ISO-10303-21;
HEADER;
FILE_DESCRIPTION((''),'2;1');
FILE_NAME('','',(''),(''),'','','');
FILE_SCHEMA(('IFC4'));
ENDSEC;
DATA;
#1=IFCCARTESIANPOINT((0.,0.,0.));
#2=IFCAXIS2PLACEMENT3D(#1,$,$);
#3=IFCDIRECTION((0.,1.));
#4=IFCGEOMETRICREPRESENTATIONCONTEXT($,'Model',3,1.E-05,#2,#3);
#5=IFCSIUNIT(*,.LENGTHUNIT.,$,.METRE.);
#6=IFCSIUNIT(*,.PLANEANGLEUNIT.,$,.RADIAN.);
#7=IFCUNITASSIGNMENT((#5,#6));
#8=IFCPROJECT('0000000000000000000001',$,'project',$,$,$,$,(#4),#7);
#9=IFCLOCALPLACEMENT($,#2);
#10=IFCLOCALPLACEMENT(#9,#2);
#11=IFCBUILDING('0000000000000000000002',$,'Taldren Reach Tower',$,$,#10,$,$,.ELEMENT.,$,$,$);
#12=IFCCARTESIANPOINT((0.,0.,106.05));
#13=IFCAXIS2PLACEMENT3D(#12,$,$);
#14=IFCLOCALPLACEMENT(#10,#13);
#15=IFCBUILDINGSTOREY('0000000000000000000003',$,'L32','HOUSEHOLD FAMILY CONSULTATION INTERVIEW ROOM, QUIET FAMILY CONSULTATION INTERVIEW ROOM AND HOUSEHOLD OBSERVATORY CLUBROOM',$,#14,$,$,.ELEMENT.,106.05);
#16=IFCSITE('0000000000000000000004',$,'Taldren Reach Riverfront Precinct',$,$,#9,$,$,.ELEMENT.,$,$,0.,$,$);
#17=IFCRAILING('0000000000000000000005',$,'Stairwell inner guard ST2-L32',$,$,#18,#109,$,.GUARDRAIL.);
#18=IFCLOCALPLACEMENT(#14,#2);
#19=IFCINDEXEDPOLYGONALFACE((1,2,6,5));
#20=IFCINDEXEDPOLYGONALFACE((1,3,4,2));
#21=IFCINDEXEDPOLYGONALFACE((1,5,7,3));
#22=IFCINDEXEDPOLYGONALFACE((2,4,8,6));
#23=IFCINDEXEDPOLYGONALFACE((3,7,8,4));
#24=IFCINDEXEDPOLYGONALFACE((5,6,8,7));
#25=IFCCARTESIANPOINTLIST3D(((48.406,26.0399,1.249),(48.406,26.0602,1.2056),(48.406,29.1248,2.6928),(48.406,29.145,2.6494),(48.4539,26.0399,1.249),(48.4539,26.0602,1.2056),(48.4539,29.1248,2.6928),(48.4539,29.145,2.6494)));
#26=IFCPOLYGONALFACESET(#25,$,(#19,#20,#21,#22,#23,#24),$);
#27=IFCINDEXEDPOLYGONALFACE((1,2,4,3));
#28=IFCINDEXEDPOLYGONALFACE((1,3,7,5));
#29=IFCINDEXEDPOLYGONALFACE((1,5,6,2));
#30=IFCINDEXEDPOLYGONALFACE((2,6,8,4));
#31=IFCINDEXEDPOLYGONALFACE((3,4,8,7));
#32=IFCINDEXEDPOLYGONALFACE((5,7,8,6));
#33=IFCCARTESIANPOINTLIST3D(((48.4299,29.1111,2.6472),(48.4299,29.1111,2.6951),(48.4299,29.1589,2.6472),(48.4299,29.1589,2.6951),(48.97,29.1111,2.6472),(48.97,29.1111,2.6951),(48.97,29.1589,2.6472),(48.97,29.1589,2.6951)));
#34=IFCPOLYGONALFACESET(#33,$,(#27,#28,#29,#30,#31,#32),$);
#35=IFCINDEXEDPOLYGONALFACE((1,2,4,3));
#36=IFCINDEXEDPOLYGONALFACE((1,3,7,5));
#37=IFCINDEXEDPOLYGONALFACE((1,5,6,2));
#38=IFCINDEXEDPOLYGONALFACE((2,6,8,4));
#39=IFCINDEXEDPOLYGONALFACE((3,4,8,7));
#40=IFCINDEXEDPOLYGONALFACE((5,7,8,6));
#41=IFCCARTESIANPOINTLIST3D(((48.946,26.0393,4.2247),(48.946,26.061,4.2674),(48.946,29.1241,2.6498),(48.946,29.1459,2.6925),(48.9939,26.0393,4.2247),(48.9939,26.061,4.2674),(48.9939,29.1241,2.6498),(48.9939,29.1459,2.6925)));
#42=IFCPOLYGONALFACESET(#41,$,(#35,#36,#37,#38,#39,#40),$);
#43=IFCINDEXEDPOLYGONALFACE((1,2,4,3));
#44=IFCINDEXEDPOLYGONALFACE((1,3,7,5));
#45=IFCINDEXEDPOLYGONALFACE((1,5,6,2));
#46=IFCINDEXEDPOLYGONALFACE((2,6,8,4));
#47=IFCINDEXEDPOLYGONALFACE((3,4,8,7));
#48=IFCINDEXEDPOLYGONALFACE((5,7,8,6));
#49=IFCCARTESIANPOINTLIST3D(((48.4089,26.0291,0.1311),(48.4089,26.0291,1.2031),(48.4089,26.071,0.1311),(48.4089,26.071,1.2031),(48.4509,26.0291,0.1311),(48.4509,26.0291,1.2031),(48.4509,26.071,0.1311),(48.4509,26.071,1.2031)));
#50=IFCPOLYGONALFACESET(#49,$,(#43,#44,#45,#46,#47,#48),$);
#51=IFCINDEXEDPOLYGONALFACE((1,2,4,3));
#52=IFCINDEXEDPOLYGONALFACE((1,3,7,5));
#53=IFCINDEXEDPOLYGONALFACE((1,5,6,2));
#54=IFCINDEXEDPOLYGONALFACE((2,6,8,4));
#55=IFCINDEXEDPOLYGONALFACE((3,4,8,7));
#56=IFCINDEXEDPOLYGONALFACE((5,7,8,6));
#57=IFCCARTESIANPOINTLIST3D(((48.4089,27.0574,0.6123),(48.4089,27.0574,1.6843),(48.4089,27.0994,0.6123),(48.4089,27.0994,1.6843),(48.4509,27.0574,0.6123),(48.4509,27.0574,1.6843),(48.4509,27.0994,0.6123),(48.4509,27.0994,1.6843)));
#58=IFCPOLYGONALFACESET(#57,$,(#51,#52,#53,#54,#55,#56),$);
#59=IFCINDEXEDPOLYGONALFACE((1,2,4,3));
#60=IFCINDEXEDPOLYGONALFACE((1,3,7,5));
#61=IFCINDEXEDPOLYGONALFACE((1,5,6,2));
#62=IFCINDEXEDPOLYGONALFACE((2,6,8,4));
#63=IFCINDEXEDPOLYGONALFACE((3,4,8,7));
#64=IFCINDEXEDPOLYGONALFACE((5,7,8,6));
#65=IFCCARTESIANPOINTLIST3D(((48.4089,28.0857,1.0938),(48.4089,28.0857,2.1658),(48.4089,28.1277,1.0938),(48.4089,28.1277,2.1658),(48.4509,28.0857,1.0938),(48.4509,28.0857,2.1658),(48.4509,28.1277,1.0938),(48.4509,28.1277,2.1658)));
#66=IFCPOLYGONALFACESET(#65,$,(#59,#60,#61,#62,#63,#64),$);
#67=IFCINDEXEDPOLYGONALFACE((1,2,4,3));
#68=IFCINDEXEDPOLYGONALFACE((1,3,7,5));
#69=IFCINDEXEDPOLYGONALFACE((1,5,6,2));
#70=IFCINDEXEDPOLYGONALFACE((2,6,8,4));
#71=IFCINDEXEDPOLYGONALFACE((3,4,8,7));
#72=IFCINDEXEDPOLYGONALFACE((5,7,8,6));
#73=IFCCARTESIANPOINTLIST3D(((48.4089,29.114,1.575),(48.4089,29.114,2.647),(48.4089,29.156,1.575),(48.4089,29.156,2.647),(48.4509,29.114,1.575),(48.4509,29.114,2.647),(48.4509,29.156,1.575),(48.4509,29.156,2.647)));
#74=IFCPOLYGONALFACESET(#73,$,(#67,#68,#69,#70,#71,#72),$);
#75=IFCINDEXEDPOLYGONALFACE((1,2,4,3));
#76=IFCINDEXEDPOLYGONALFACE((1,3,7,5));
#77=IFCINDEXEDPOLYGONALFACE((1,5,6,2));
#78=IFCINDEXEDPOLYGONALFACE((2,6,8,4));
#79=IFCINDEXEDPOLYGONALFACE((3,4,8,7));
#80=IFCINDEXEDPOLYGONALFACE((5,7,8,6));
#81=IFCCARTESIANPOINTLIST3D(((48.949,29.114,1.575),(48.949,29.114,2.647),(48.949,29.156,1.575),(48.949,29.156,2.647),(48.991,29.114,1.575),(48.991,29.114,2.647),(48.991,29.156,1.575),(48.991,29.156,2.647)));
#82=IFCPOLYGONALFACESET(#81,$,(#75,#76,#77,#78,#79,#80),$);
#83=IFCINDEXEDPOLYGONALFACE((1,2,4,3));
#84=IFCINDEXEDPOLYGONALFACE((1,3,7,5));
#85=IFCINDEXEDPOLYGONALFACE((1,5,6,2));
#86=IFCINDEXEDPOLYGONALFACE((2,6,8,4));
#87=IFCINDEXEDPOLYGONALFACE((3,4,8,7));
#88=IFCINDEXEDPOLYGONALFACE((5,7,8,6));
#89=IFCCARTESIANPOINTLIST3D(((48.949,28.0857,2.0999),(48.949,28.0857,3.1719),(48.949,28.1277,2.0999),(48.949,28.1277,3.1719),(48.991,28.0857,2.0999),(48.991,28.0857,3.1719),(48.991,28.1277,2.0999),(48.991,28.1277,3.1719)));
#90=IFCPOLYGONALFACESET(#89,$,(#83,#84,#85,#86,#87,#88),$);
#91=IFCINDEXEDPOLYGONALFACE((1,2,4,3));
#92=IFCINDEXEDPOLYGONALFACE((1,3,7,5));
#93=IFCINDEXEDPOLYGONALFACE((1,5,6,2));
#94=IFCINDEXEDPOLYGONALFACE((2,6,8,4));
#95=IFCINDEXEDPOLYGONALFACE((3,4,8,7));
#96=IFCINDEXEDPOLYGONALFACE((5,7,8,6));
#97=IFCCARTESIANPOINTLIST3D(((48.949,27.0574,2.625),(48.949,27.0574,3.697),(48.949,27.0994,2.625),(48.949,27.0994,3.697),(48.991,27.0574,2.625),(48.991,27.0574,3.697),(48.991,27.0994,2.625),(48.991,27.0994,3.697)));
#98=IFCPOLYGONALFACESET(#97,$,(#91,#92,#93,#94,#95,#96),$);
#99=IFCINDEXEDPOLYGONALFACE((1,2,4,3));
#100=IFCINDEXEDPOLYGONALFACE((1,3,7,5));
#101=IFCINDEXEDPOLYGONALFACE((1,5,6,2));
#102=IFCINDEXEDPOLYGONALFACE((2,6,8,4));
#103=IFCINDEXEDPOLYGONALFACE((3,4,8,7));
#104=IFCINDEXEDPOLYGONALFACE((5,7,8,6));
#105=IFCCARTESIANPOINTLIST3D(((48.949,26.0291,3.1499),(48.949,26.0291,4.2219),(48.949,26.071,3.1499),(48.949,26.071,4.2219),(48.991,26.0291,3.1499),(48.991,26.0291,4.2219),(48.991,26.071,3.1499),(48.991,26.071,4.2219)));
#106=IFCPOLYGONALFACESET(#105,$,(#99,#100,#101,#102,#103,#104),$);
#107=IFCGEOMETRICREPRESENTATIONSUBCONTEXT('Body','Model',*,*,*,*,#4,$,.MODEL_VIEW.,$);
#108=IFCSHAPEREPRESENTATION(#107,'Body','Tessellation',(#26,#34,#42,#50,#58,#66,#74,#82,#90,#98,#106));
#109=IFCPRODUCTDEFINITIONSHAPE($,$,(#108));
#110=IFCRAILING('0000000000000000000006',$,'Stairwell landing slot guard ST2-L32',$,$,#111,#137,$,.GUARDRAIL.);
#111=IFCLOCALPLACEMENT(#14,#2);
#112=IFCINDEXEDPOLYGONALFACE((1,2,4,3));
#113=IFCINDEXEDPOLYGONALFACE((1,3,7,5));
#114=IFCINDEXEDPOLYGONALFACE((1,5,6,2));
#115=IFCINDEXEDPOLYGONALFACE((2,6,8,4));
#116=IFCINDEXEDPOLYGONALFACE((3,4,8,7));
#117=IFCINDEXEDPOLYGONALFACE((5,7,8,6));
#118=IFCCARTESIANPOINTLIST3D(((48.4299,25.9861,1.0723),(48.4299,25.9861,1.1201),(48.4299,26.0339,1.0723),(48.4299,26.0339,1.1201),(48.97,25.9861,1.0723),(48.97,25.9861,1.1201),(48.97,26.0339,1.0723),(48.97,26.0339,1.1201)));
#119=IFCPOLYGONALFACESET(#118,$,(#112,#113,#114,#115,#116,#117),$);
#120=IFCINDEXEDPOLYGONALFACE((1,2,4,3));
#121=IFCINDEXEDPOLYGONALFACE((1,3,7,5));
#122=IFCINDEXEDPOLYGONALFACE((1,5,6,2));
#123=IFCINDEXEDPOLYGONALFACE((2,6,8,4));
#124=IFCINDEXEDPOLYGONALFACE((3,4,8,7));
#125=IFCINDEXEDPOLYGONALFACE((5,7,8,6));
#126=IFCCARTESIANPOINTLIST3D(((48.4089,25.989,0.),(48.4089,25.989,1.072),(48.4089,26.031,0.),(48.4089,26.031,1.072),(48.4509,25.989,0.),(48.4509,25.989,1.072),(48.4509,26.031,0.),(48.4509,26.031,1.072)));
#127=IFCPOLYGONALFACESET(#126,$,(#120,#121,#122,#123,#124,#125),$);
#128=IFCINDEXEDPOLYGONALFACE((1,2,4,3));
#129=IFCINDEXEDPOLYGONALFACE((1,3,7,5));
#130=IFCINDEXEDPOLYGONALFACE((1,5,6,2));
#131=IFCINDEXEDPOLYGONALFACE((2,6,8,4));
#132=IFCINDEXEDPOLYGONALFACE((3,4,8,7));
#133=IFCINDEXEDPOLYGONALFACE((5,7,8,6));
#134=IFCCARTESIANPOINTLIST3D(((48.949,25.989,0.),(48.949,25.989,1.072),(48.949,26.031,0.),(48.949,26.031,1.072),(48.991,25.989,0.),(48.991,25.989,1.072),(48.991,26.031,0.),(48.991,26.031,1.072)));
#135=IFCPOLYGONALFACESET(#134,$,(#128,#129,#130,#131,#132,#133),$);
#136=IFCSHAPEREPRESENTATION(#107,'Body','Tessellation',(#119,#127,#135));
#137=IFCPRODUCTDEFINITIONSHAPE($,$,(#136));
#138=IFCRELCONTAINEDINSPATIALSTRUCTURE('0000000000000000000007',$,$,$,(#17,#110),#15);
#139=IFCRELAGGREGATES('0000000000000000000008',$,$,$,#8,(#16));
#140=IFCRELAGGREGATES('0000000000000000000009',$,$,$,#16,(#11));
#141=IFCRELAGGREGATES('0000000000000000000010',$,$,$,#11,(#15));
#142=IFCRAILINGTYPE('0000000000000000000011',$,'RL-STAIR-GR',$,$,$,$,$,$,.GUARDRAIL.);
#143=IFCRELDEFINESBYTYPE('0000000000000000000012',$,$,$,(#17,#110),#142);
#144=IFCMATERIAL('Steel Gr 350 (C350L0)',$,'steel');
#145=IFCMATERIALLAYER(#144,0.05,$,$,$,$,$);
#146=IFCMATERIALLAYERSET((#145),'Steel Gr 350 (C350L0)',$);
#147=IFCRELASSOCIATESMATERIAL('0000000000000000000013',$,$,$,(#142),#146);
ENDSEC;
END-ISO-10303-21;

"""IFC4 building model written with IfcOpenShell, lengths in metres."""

from ifc_helpers import new_model, si_unit, direction, frame, origin, origin_2d, place, context, subcontext, project, spatial, rectangle, extrude, material, layer, layer_set, type_object, element, save


model = new_model("IFC4")

# Units and contexts
model_context = context("Model", 3, precision=1e-05, world=origin(), true_north=direction((0.0, 1.0)))
body_context = subcontext(model_context, "Body", "Model", "MODEL_VIEW")
ifc_project = project(units=[si_unit("LENGTHUNIT", "METRE"), si_unit("PLANEANGLEUNIT", "RADIAN")], contexts=[model_context])

# Site, building, storey
site_placement = place(None, origin())
site = spatial("IfcSite", under=ifc_project, at=site_placement, Name="Taldren Reach Riverfront Precinct", CompositionType="ELEMENT", RefElevation=0.0)
building_placement = place(site_placement, origin())
building = spatial("IfcBuilding", under=site, at=building_placement, Name="Taldren Reach Tower", CompositionType="ELEMENT")
storey_placement = place(building_placement, frame((0.0, 0.0, 106.05)))
storey = spatial("IfcBuildingStorey", under=building, at=storey_placement, Name="L32", Description="HOUSEHOLD FAMILY CONSULTATION INTERVIEW ROOM, QUIET FAMILY CONSULTATION INTERVIEW ROOM AND HOUSEHOLD OBSERVATORY CLUBROOM", CompositionType="ELEMENT", Elevation=106.05)

# Shared definitions
ifc_material_1 = material(Name="Steel Gr 350 (C350L0)", Category="steel")

# Railings
ifc_layer_1 = layer(ifc_material_1, 0.05)
ifc_layer_set_1 = layer_set([ifc_layer_1], Name="Steel Gr 350 (C350L0)")
railing_type_1 = type_object("IfcRailingType", Name="RL-STAIR-GR", PredefinedType="GUARDRAIL", material=ifc_layer_set_1)
railing_1_placement = place(storey_placement, frame((48.4299, 26.05, 0.1311)))
element("IfcRailing", 1, at=railing_1_placement, inside=storey, type_object=railing_type_1, Name="Stairwell inner guard ST2-L32", PredefinedType="GUARDRAIL", context=body_context, shape_type="SweptSolid", body=[
    extrude(rectangle(XDim=0.0479, YDim=0.0479, at=origin_2d()), frame((0.0, 0.0, 1.0962), z_axis=(0.0, 0.90571, 0.423898), x_axis=(-1.0, 0.0, 0.0)), (0.0, 0.0, 1.0), 3.406),
    extrude(rectangle(XDim=0.0479, YDim=0.0479, at=origin_2d()), frame((0.0, 3.085, 2.54), z_axis=(1.0, 0.0, 0.0), x_axis=(0.0, 1.0, 0.0)), (0.0, 0.0, 1.0), 0.54),
    extrude(rectangle(XDim=0.0479, YDim=0.0479, at=origin_2d()), frame((0.54, 3.085, 2.54), z_axis=(0.0, -0.890646, 0.454697), x_axis=(1.0, 0.0, 0.0)), (0.0, 0.0, 1.0), 3.4636),
    extrude(rectangle(XDim=0.042, YDim=0.042, at=origin_2d()), origin(), (0.0, 0.0, 1.0), 1.072),
    extrude(rectangle(XDim=0.042, YDim=0.042, at=origin_2d()), frame((0.0, 1.0283, 0.4812)), (0.0, 0.0, 1.0), 1.072),
    extrude(rectangle(XDim=0.042, YDim=0.042, at=origin_2d()), frame((0.0, 2.0566, 0.9626)), (0.0, 0.0, 1.0), 1.072),
    extrude(rectangle(XDim=0.042, YDim=0.042, at=origin_2d()), frame((0.0, 3.085, 1.4438)), (0.0, 0.0, 1.0), 1.072),
    extrude(rectangle(XDim=0.042, YDim=0.042, at=origin_2d()), frame((0.54, 3.085, 1.4438)), (0.0, 0.0, 1.0), 1.072),
    extrude(rectangle(XDim=0.042, YDim=0.042, at=origin_2d()), frame((0.54, 2.0566, 1.9688)), (0.0, 0.0, 1.0), 1.072),
    extrude(rectangle(XDim=0.042, YDim=0.042, at=origin_2d()), frame((0.54, 1.0283, 2.4939)), (0.0, 0.0, 1.0), 1.072),
    extrude(rectangle(XDim=0.042, YDim=0.042, at=origin_2d()), frame((0.54, 0.0, 3.0188)), (0.0, 0.0, 1.0), 1.072),
])
railing_2_placement = place(storey_placement, frame((48.4299, 26.01, 0.0)))
element("IfcRailing", 2, at=railing_2_placement, inside=storey, type_object=railing_type_1, Name="Stairwell landing slot guard ST2-L32", PredefinedType="GUARDRAIL", context=body_context, shape_type="SweptSolid", body=[
    extrude(rectangle(XDim=0.0479, YDim=0.0479, at=origin_2d()), frame((0.0, 0.0, 1.0962), z_axis=(1.0, 0.0, 0.0), x_axis=(0.0, 1.0, 0.0)), (0.0, 0.0, 1.0), 0.54),
    extrude(rectangle(XDim=0.042, YDim=0.042, at=origin_2d()), origin(), (0.0, 0.0, 1.0), 1.072),
    extrude(rectangle(XDim=0.042, YDim=0.042, at=origin_2d()), frame((0.54, 0.0, 0.0)), (0.0, 0.0, 1.0), 1.072),
])

save(model, "model.ifc")
